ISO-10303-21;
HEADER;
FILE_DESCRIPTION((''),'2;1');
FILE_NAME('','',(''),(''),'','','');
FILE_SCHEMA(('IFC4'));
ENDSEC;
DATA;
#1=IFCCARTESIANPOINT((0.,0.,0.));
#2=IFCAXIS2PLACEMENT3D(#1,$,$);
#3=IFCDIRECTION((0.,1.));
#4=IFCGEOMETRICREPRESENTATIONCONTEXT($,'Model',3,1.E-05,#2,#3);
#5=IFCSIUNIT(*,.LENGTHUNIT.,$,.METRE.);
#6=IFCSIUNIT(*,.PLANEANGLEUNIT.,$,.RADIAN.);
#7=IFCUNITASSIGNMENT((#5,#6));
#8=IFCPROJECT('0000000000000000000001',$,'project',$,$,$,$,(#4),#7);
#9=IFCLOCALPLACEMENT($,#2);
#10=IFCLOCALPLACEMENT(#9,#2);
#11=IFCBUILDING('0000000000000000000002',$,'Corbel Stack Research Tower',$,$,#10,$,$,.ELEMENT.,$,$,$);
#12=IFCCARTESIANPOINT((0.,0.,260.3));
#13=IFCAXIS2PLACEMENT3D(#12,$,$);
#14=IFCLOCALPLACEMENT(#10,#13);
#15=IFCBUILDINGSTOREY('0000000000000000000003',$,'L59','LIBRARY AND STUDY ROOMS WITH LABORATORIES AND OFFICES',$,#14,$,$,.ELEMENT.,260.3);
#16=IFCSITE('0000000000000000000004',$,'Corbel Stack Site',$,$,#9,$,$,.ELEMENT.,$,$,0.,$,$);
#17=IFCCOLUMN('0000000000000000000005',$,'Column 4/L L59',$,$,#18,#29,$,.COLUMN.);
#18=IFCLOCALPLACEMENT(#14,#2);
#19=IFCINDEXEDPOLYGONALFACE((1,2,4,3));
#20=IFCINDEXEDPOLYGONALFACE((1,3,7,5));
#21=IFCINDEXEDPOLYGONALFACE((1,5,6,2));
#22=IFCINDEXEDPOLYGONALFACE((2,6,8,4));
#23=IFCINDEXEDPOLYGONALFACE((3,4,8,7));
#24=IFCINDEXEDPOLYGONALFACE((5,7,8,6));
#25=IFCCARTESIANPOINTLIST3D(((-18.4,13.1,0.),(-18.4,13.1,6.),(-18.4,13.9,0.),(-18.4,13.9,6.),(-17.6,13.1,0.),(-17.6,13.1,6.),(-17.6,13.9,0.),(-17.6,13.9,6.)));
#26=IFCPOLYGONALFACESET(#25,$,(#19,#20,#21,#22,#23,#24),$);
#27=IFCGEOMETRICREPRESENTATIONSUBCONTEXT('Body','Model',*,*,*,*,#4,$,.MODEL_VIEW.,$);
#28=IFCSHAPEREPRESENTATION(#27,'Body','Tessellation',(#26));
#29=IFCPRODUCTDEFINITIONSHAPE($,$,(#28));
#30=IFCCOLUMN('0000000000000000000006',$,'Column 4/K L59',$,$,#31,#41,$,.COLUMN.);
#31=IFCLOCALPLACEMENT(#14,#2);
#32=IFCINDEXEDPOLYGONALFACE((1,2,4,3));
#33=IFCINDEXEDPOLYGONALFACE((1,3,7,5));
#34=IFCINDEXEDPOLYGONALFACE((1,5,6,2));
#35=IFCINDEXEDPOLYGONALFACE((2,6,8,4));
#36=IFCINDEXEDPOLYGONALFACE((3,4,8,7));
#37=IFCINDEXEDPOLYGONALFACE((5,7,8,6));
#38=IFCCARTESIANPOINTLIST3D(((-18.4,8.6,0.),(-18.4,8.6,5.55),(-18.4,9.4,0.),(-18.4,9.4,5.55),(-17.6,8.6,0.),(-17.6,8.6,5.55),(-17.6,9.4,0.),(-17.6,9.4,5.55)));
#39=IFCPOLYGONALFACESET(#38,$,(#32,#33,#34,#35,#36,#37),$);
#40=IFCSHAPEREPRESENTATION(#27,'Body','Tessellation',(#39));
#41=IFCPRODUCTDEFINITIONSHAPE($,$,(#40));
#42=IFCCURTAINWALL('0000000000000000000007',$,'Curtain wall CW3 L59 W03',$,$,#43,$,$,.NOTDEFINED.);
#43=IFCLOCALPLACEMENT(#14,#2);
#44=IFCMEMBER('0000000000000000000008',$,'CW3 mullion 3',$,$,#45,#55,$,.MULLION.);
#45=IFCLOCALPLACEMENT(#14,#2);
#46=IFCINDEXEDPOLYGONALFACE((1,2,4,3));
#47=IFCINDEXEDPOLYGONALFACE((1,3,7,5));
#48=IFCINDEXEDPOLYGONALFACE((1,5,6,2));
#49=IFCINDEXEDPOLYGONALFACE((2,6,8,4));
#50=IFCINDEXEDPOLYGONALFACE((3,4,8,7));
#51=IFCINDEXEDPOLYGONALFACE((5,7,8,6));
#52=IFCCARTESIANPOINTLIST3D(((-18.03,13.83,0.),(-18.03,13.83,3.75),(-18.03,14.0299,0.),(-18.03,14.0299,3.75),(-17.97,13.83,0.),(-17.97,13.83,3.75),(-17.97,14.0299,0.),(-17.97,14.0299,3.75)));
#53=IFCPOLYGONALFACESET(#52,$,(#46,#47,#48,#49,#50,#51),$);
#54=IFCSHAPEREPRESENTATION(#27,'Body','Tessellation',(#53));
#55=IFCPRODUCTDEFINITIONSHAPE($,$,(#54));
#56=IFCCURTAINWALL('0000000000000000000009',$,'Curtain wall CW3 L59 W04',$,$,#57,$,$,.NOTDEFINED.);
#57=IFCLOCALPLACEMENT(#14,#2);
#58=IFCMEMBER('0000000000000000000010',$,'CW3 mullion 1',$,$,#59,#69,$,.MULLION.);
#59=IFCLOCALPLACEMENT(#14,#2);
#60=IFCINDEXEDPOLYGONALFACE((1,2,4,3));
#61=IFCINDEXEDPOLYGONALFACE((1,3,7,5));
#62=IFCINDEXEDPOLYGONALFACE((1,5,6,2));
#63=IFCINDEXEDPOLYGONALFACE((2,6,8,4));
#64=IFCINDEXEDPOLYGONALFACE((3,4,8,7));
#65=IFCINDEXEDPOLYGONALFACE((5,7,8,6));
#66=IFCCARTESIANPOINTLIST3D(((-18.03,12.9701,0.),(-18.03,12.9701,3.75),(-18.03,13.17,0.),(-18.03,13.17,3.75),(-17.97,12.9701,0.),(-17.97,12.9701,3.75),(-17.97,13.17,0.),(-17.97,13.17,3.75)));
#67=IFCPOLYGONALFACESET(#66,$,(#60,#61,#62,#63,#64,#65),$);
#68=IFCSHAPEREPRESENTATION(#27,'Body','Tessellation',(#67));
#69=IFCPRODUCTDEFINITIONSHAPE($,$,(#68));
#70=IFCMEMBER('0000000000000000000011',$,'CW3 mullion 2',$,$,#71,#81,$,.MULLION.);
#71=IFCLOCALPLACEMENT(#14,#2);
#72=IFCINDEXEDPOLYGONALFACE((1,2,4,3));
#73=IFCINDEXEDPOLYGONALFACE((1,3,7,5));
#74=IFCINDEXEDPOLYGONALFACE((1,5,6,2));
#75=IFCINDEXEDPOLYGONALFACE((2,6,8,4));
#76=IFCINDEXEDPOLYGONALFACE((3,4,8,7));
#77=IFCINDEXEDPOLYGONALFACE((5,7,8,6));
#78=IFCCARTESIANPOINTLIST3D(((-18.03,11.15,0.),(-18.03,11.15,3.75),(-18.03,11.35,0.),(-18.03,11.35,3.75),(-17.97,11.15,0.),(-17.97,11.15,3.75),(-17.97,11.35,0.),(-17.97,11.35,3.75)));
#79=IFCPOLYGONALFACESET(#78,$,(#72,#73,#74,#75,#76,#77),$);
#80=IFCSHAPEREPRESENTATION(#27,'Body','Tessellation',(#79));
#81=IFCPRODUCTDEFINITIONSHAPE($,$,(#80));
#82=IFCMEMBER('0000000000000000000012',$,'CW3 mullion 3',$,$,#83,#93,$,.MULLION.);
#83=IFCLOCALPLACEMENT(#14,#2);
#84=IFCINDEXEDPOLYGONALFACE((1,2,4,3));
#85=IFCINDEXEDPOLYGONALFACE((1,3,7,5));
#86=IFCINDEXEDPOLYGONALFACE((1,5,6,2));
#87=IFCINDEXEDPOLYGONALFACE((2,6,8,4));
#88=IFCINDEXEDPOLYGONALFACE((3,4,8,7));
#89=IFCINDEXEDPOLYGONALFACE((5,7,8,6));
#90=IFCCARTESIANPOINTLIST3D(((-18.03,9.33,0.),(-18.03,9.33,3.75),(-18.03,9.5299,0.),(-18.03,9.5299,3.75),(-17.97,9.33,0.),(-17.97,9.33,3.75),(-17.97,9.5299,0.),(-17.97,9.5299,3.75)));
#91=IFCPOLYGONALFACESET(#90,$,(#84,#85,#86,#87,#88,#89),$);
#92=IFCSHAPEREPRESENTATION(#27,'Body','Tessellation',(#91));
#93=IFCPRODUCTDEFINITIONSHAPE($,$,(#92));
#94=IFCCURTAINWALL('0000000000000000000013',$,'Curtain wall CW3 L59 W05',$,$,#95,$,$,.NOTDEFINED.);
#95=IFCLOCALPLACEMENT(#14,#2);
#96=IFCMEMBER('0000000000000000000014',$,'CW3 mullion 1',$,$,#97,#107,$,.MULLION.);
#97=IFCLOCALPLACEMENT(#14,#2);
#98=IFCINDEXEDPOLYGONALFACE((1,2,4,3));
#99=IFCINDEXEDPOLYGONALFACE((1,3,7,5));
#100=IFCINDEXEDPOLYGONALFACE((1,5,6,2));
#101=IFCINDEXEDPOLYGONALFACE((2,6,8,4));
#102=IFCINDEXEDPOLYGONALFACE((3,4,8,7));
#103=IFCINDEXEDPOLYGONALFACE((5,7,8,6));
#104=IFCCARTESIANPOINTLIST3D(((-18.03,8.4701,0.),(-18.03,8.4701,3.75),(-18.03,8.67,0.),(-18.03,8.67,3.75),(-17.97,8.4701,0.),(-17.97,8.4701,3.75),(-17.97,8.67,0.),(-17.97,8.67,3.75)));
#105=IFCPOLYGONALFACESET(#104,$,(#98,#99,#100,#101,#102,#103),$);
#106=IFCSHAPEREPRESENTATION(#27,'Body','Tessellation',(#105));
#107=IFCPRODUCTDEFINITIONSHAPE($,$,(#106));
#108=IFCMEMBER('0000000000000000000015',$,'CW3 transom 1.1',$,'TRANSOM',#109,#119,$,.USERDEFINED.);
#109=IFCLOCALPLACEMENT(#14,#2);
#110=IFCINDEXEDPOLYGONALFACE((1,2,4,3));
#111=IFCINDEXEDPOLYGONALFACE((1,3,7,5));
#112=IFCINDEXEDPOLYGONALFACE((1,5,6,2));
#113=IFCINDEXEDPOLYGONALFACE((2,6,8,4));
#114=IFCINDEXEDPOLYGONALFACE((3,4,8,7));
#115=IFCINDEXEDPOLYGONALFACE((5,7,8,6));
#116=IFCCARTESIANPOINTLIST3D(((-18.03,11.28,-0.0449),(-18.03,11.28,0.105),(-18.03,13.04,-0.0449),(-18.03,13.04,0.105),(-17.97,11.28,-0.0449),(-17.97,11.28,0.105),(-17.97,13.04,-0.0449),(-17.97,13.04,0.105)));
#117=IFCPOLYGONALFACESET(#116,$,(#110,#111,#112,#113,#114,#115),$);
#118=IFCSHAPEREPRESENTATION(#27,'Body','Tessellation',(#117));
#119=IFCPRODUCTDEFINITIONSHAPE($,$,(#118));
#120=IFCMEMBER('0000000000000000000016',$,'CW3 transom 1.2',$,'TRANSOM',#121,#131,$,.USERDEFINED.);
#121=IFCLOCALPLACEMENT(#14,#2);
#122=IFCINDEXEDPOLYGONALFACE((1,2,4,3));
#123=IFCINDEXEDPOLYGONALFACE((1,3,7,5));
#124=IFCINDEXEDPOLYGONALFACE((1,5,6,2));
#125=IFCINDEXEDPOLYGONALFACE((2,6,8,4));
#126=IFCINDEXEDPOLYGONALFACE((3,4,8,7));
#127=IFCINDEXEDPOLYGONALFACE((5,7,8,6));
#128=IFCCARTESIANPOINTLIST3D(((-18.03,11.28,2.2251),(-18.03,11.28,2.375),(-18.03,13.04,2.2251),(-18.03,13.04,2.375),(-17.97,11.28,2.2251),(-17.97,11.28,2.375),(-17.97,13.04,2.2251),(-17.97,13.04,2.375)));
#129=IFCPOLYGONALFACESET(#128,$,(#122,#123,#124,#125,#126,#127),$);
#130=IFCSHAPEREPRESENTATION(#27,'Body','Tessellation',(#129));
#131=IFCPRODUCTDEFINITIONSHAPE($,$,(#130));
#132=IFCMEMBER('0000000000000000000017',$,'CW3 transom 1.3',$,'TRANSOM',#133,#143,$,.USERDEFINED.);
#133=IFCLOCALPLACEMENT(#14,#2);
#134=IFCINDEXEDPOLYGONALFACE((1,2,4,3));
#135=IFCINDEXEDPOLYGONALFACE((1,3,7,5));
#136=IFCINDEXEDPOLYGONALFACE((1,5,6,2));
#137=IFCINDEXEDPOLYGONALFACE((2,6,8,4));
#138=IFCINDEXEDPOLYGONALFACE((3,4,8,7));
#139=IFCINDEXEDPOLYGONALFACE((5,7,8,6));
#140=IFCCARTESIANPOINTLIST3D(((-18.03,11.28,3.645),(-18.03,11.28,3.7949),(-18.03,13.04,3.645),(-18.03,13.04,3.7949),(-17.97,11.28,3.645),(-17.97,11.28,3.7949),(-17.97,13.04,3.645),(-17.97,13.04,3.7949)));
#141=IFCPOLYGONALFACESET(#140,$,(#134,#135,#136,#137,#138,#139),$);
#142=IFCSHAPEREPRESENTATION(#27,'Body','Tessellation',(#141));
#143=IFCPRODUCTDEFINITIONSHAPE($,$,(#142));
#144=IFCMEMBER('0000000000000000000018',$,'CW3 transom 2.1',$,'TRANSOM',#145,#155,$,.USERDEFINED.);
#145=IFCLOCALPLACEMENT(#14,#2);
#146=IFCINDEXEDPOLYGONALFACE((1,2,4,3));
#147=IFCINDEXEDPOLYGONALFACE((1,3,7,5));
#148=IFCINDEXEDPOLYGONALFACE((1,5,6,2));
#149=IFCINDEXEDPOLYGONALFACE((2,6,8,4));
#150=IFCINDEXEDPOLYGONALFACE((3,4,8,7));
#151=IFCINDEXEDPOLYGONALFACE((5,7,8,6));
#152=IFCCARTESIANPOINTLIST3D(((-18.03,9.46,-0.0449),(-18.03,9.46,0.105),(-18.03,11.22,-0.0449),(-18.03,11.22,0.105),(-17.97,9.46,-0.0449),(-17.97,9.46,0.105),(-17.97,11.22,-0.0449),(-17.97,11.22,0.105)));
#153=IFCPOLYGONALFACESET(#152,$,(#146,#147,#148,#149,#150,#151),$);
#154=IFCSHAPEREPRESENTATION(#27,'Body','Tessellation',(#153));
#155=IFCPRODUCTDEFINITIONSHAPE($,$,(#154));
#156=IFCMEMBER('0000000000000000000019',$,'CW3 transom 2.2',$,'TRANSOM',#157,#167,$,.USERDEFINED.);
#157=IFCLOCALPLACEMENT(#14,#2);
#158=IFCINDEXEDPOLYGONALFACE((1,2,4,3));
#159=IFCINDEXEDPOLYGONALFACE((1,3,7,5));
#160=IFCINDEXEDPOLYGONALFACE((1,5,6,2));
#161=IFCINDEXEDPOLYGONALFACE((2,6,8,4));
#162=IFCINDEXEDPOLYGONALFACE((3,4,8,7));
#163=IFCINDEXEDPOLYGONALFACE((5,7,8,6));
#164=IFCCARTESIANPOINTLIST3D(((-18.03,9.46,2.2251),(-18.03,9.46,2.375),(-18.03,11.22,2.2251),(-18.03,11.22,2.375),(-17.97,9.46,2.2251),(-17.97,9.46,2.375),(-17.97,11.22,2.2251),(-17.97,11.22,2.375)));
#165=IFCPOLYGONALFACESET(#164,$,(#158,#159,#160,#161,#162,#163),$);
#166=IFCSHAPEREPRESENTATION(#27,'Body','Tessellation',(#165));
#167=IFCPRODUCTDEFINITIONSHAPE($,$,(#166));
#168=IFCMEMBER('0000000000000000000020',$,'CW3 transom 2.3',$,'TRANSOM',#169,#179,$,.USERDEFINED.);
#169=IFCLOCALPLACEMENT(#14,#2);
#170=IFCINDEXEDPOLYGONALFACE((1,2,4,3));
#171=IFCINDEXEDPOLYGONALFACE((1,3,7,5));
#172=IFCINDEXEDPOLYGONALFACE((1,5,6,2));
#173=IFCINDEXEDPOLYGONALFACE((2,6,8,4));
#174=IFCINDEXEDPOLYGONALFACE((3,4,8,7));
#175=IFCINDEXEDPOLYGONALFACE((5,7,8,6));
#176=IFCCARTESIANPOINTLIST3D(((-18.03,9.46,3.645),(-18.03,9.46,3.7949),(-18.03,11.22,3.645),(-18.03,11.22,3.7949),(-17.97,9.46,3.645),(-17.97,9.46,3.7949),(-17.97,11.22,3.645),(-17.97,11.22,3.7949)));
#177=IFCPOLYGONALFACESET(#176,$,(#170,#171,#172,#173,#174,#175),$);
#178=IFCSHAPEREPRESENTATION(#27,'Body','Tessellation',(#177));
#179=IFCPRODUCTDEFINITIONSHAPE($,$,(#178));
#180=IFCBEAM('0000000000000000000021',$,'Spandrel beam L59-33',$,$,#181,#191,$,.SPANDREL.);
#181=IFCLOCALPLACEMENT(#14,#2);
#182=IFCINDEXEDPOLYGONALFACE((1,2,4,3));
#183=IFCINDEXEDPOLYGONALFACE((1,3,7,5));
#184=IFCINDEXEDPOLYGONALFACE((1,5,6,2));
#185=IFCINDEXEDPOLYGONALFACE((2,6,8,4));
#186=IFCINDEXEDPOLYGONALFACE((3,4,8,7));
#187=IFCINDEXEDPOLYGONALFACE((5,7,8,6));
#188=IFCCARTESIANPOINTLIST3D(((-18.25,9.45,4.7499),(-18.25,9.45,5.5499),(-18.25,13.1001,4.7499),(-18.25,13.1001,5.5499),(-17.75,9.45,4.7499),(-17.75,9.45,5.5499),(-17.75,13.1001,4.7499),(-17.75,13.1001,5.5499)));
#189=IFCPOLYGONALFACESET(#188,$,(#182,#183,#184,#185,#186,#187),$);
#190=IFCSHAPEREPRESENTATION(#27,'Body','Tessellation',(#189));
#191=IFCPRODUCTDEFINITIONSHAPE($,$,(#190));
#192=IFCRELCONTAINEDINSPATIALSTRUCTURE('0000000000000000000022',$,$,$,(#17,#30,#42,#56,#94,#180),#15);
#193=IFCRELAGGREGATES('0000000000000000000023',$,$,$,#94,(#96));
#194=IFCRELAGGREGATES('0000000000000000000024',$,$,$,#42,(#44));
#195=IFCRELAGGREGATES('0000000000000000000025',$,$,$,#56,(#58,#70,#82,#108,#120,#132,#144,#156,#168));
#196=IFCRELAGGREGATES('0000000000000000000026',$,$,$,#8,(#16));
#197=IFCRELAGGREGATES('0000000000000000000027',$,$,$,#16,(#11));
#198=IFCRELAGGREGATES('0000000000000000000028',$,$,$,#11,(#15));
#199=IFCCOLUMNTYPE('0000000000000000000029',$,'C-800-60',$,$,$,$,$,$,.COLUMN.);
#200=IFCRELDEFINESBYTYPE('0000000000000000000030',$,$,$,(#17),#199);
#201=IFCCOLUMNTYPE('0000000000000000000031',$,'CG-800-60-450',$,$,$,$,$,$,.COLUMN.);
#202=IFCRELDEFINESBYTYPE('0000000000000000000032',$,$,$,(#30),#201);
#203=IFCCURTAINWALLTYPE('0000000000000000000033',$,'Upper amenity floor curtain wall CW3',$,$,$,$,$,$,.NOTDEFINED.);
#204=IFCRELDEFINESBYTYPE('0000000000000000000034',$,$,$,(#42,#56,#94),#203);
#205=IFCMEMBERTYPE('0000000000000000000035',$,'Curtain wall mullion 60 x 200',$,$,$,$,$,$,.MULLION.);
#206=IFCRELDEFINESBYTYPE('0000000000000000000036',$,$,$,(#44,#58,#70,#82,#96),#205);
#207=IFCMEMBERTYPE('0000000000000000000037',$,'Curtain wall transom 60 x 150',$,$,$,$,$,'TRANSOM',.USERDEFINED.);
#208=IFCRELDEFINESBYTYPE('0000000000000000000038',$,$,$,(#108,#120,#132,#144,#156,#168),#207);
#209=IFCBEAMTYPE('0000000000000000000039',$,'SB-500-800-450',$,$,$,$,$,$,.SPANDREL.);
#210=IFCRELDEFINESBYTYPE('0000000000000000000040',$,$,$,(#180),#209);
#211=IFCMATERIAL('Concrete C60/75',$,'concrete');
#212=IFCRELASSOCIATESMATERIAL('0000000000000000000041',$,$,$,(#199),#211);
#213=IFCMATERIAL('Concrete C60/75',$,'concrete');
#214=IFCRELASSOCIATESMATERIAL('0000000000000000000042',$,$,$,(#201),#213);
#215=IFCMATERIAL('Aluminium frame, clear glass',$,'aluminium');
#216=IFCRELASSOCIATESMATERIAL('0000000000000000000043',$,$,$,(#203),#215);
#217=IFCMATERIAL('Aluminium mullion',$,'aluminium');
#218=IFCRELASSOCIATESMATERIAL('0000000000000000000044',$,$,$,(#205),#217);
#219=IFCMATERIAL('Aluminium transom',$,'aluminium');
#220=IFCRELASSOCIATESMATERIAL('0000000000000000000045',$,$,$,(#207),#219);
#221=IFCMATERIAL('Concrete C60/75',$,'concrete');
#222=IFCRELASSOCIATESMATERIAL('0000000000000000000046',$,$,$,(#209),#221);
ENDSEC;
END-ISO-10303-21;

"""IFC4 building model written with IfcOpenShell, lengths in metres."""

from ifc_helpers import new_model, si_unit, direction, frame, origin, origin_2d, place, context, subcontext, project, spatial, rectangle, extrude, material, material_profile, profile_set, type_object, element, aggregate, save


model = new_model("IFC4")

# Units and contexts
model_context = context("Model", 3, precision=1e-05, world=origin(), true_north=direction((0.0, 1.0)))
body_context = subcontext(model_context, "Body", "Model", "MODEL_VIEW")
ifc_project = project(units=[si_unit("LENGTHUNIT", "METRE"), si_unit("PLANEANGLEUNIT", "RADIAN")], contexts=[model_context])

# Site, building, storey
site_placement = place(None, origin())
site = spatial("IfcSite", under=ifc_project, at=site_placement, Name="Corbel Stack Site", CompositionType="ELEMENT", RefElevation=0.0)
building_placement = place(site_placement, origin())
building = spatial("IfcBuilding", under=site, at=building_placement, Name="Corbel Stack Research Tower", CompositionType="ELEMENT")
storey_placement = place(building_placement, frame((0.0, 0.0, 260.3)))
storey = spatial("IfcBuildingStorey", under=building, at=storey_placement, Name="L59", Description="LIBRARY AND STUDY ROOMS WITH LABORATORIES AND OFFICES", CompositionType="ELEMENT", Elevation=260.3)

# Columns
ifc_material_1 = material(Name="Concrete C60/75", Category="concrete")
ifc_material_profile_1 = material_profile(ifc_material_1, rectangle(XDim=0.8, YDim=0.8, at=origin_2d()), Name="RC 800 x 800")
ifc_profile_set_1 = profile_set([ifc_material_profile_1], Name="Concrete C60/75")
column_type_1 = type_object("IfcColumnType", Name="C-800-60", PredefinedType="COLUMN", material=ifc_profile_set_1)
column_1_placement = place(storey_placement, frame((-18.0, 13.5, 0.0), z_axis=(0.0, 0.0, 1.0), x_axis=(1.0, 0.0, 0.0)))
element("IfcColumn", 1, at=column_1_placement, inside=storey, type_object=column_type_1, Name="Column 4/L L59", PredefinedType="COLUMN", context=body_context, shape_type="SweptSolid", body=[
    extrude(rectangle(XDim=0.8, YDim=0.8, at=origin_2d()), origin(), (0.0, 0.0, 1.0), 6.0),
])
ifc_material_2 = material(Name="Concrete C60/75", Category="concrete")
ifc_material_profile_2 = material_profile(ifc_material_2, rectangle(XDim=0.8, YDim=0.8, at=origin_2d()), Name="RC 800 x 800")
ifc_profile_set_2 = profile_set([ifc_material_profile_2], Name="Concrete C60/75")
column_type_2 = type_object("IfcColumnType", Name="CG-800-60-450", PredefinedType="COLUMN", material=ifc_profile_set_2)
column_2_placement = place(storey_placement, frame((-18.0, 9.0, 0.0), z_axis=(0.0, 0.0, 1.0), x_axis=(1.0, 0.0, 0.0)))
element("IfcColumn", 2, at=column_2_placement, inside=storey, type_object=column_type_2, Name="Column 4/K L59", PredefinedType="COLUMN", context=body_context, shape_type="SweptSolid", body=[
    extrude(rectangle(XDim=0.8, YDim=0.8, at=origin_2d()), origin(), (0.0, 0.0, 1.0), 5.55),
])

# Curtain wall, member
ifc_material_3 = material(Name="Aluminium frame, clear glass", Category="aluminium")
curtain_wall_type = type_object("IfcCurtainWallType", Name="Upper amenity floor curtain wall CW3", PredefinedType="NOTDEFINED", material=ifc_material_3)
curtain_wall_1_placement = place(storey_placement, origin())
curtain_wall_1 = element("IfcCurtainWall", 3, at=curtain_wall_1_placement, inside=storey, type_object=curtain_wall_type, Name="Curtain wall CW3 L59 W03", PredefinedType="NOTDEFINED")
ifc_material_4 = material(Name="Aluminium mullion", Category="aluminium")
ifc_material_profile_3 = material_profile(ifc_material_4, rectangle(XDim=0.0601, YDim=0.2, at=origin_2d()), Name="Mullion 60 x 200")
ifc_profile_set_3 = profile_set([ifc_material_profile_3], Name="Aluminium mullion")
member_type_1 = type_object("IfcMemberType", Name="Curtain wall mullion 60 x 200", PredefinedType="MULLION", material=ifc_profile_set_3)
member_1_placement = place(storey_placement, frame((-18.0, 13.9299, 0.0), z_axis=(0.0, 0.0, 1.0), x_axis=(1.0, 0.0, 0.0)))
member_1 = element("IfcMember", 4, at=member_1_placement, type_object=member_type_1, Name="CW3 mullion 3", PredefinedType="MULLION", context=body_context, shape_type="SweptSolid", body=[
    extrude(rectangle(XDim=0.0601, YDim=0.2, at=origin_2d()), origin(), (0.0, 0.0, 1.0), 3.75),
])

# Curtain wall, members
curtain_wall_2_placement = place(storey_placement, origin())
curtain_wall_2 = element("IfcCurtainWall", 5, at=curtain_wall_2_placement, inside=storey, type_object=curtain_wall_type, Name="Curtain wall CW3 L59 W04", PredefinedType="NOTDEFINED")
member_2_placement = place(storey_placement, frame((-18.0, 13.0701, 0.0), z_axis=(0.0, 0.0, 1.0), x_axis=(1.0, 0.0, 0.0)))
member_2 = element("IfcMember", 6, at=member_2_placement, type_object=member_type_1, Name="CW3 mullion 1", PredefinedType="MULLION", context=body_context, shape_type="SweptSolid", body=[
    extrude(rectangle(XDim=0.0601, YDim=0.2, at=origin_2d()), origin(), (0.0, 0.0, 1.0), 3.75),
])
member_3_placement = place(storey_placement, frame((-18.0, 11.25, 0.0), z_axis=(0.0, 0.0, 1.0), x_axis=(1.0, 0.0, 0.0)))
member_3 = element("IfcMember", 7, at=member_3_placement, type_object=member_type_1, Name="CW3 mullion 2", PredefinedType="MULLION", context=body_context, shape_type="SweptSolid", body=[
    extrude(rectangle(XDim=0.0601, YDim=0.2, at=origin_2d()), origin(), (0.0, 0.0, 1.0), 3.75),
])
member_4_placement = place(storey_placement, frame((-18.0, 9.4299, 0.0), z_axis=(0.0, 0.0, 1.0), x_axis=(1.0, 0.0, 0.0)))
member_4 = element("IfcMember", 8, at=member_4_placement, type_object=member_type_1, Name="CW3 mullion 3", PredefinedType="MULLION", context=body_context, shape_type="SweptSolid", body=[
    extrude(rectangle(XDim=0.0601, YDim=0.2, at=origin_2d()), origin(), (0.0, 0.0, 1.0), 3.75),
])

# Curtain wall, member
curtain_wall_3_placement = place(storey_placement, origin())
curtain_wall_3 = element("IfcCurtainWall", 9, at=curtain_wall_3_placement, inside=storey, type_object=curtain_wall_type, Name="Curtain wall CW3 L59 W05", PredefinedType="NOTDEFINED")
member_5_placement = place(storey_placement, frame((-18.0, 8.5701, 0.0), z_axis=(0.0, 0.0, 1.0), x_axis=(1.0, 0.0, 0.0)))
member_5 = element("IfcMember", 10, at=member_5_placement, type_object=member_type_1, Name="CW3 mullion 1", PredefinedType="MULLION", context=body_context, shape_type="SweptSolid", body=[
    extrude(rectangle(XDim=0.0601, YDim=0.2, at=origin_2d()), origin(), (0.0, 0.0, 1.0), 3.75),
])
aggregate(curtain_wall_3, [member_5])

# Members
ifc_material_5 = material(Name="Aluminium transom", Category="aluminium")
ifc_material_profile_4 = material_profile(ifc_material_5, rectangle(XDim=0.0601, YDim=0.1499, at=origin_2d()), Name="Transom 60 x 150")
ifc_profile_set_4 = profile_set([ifc_material_profile_4], Name="Aluminium transom")
member_type_2 = type_object("IfcMemberType", Name="Curtain wall transom 60 x 150", ElementType="TRANSOM", PredefinedType="USERDEFINED", material=ifc_profile_set_4)
member_6_placement = place(storey_placement, frame((-18.0, 13.04, 0.03), z_axis=(0.0, -1.0, 0.0), x_axis=(1.0, 0.0, 0.0)))
member_6 = element("IfcMember", 11, at=member_6_placement, type_object=member_type_2, Name="CW3 transom 1.1", ObjectType="TRANSOM", PredefinedType="USERDEFINED", context=body_context, shape_type="SweptSolid", body=[
    extrude(rectangle(XDim=0.0601, YDim=0.1499, at=origin_2d()), origin(), (0.0, 0.0, 1.0), 1.76),
])
member_7_placement = place(storey_placement, frame((-18.0, 13.04, 2.3), z_axis=(0.0, -1.0, 0.0), x_axis=(1.0, 0.0, 0.0)))
member_7 = element("IfcMember", 12, at=member_7_placement, type_object=member_type_2, Name="CW3 transom 1.2", ObjectType="TRANSOM", PredefinedType="USERDEFINED", context=body_context, shape_type="SweptSolid", body=[
    extrude(rectangle(XDim=0.0601, YDim=0.1499, at=origin_2d()), origin(), (0.0, 0.0, 1.0), 1.76),
])
member_8_placement = place(storey_placement, frame((-18.0, 13.04, 3.72), z_axis=(0.0, -1.0, 0.0), x_axis=(1.0, 0.0, 0.0)))
member_8 = element("IfcMember", 13, at=member_8_placement, type_object=member_type_2, Name="CW3 transom 1.3", ObjectType="TRANSOM", PredefinedType="USERDEFINED", context=body_context, shape_type="SweptSolid", body=[
    extrude(rectangle(XDim=0.0601, YDim=0.1499, at=origin_2d()), origin(), (0.0, 0.0, 1.0), 1.76),
])
member_9_placement = place(storey_placement, frame((-18.0, 11.22, 0.03), z_axis=(0.0, -1.0, 0.0), x_axis=(1.0, 0.0, 0.0)))
member_9 = element("IfcMember", 14, at=member_9_placement, type_object=member_type_2, Name="CW3 transom 2.1", ObjectType="TRANSOM", PredefinedType="USERDEFINED", context=body_context, shape_type="SweptSolid", body=[
    extrude(rectangle(XDim=0.0601, YDim=0.1499, at=origin_2d()), origin(), (0.0, 0.0, 1.0), 1.76),
])
member_10_placement = place(storey_placement, frame((-18.0, 11.22, 2.3), z_axis=(0.0, -1.0, 0.0), x_axis=(1.0, 0.0, 0.0)))
member_10 = element("IfcMember", 15, at=member_10_placement, type_object=member_type_2, Name="CW3 transom 2.2", ObjectType="TRANSOM", PredefinedType="USERDEFINED", context=body_context, shape_type="SweptSolid", body=[
    extrude(rectangle(XDim=0.0601, YDim=0.1499, at=origin_2d()), origin(), (0.0, 0.0, 1.0), 1.76),
])
member_11_placement = place(storey_placement, frame((-18.0, 11.22, 3.72), z_axis=(0.0, -1.0, 0.0), x_axis=(1.0, 0.0, 0.0)))
member_11 = element("IfcMember", 16, at=member_11_placement, type_object=member_type_2, Name="CW3 transom 2.3", ObjectType="TRANSOM", PredefinedType="USERDEFINED", context=body_context, shape_type="SweptSolid", body=[
    extrude(rectangle(XDim=0.0601, YDim=0.1499, at=origin_2d()), origin(), (0.0, 0.0, 1.0), 1.76),
])

# Beam
ifc_material_6 = material(Name="Concrete C60/75", Category="concrete")
ifc_material_profile_5 = material_profile(ifc_material_6, rectangle(XDim=0.5, YDim=0.8, at=origin_2d()), Name="RC 500 x 800")
ifc_profile_set_5 = profile_set([ifc_material_profile_5], Name="Concrete C60/75")
beam_type_1 = type_object("IfcBeamType", Name="SB-500-800-450", PredefinedType="SPANDREL", material=ifc_profile_set_5)
beam_1_placement = place(storey_placement, frame((-18.0, 13.1001, 5.1499), z_axis=(0.0, -1.0, 0.0), x_axis=(1.0, 0.0, 0.0)))
element("IfcBeam", 17, at=beam_1_placement, inside=storey, type_object=beam_type_1, Name="Spandrel beam L59-33", PredefinedType="SPANDREL", context=body_context, shape_type="SweptSolid", body=[
    extrude(rectangle(XDim=0.5, YDim=0.8, at=origin_2d()), origin(), (0.0, 0.0, 1.0), 3.6501),
])

aggregate(curtain_wall_1, [member_1])
aggregate(curtain_wall_2, [member_2, member_3, member_4, member_6, member_7, member_8, member_9, member_10, member_11])

save(model, "model.ifc")
